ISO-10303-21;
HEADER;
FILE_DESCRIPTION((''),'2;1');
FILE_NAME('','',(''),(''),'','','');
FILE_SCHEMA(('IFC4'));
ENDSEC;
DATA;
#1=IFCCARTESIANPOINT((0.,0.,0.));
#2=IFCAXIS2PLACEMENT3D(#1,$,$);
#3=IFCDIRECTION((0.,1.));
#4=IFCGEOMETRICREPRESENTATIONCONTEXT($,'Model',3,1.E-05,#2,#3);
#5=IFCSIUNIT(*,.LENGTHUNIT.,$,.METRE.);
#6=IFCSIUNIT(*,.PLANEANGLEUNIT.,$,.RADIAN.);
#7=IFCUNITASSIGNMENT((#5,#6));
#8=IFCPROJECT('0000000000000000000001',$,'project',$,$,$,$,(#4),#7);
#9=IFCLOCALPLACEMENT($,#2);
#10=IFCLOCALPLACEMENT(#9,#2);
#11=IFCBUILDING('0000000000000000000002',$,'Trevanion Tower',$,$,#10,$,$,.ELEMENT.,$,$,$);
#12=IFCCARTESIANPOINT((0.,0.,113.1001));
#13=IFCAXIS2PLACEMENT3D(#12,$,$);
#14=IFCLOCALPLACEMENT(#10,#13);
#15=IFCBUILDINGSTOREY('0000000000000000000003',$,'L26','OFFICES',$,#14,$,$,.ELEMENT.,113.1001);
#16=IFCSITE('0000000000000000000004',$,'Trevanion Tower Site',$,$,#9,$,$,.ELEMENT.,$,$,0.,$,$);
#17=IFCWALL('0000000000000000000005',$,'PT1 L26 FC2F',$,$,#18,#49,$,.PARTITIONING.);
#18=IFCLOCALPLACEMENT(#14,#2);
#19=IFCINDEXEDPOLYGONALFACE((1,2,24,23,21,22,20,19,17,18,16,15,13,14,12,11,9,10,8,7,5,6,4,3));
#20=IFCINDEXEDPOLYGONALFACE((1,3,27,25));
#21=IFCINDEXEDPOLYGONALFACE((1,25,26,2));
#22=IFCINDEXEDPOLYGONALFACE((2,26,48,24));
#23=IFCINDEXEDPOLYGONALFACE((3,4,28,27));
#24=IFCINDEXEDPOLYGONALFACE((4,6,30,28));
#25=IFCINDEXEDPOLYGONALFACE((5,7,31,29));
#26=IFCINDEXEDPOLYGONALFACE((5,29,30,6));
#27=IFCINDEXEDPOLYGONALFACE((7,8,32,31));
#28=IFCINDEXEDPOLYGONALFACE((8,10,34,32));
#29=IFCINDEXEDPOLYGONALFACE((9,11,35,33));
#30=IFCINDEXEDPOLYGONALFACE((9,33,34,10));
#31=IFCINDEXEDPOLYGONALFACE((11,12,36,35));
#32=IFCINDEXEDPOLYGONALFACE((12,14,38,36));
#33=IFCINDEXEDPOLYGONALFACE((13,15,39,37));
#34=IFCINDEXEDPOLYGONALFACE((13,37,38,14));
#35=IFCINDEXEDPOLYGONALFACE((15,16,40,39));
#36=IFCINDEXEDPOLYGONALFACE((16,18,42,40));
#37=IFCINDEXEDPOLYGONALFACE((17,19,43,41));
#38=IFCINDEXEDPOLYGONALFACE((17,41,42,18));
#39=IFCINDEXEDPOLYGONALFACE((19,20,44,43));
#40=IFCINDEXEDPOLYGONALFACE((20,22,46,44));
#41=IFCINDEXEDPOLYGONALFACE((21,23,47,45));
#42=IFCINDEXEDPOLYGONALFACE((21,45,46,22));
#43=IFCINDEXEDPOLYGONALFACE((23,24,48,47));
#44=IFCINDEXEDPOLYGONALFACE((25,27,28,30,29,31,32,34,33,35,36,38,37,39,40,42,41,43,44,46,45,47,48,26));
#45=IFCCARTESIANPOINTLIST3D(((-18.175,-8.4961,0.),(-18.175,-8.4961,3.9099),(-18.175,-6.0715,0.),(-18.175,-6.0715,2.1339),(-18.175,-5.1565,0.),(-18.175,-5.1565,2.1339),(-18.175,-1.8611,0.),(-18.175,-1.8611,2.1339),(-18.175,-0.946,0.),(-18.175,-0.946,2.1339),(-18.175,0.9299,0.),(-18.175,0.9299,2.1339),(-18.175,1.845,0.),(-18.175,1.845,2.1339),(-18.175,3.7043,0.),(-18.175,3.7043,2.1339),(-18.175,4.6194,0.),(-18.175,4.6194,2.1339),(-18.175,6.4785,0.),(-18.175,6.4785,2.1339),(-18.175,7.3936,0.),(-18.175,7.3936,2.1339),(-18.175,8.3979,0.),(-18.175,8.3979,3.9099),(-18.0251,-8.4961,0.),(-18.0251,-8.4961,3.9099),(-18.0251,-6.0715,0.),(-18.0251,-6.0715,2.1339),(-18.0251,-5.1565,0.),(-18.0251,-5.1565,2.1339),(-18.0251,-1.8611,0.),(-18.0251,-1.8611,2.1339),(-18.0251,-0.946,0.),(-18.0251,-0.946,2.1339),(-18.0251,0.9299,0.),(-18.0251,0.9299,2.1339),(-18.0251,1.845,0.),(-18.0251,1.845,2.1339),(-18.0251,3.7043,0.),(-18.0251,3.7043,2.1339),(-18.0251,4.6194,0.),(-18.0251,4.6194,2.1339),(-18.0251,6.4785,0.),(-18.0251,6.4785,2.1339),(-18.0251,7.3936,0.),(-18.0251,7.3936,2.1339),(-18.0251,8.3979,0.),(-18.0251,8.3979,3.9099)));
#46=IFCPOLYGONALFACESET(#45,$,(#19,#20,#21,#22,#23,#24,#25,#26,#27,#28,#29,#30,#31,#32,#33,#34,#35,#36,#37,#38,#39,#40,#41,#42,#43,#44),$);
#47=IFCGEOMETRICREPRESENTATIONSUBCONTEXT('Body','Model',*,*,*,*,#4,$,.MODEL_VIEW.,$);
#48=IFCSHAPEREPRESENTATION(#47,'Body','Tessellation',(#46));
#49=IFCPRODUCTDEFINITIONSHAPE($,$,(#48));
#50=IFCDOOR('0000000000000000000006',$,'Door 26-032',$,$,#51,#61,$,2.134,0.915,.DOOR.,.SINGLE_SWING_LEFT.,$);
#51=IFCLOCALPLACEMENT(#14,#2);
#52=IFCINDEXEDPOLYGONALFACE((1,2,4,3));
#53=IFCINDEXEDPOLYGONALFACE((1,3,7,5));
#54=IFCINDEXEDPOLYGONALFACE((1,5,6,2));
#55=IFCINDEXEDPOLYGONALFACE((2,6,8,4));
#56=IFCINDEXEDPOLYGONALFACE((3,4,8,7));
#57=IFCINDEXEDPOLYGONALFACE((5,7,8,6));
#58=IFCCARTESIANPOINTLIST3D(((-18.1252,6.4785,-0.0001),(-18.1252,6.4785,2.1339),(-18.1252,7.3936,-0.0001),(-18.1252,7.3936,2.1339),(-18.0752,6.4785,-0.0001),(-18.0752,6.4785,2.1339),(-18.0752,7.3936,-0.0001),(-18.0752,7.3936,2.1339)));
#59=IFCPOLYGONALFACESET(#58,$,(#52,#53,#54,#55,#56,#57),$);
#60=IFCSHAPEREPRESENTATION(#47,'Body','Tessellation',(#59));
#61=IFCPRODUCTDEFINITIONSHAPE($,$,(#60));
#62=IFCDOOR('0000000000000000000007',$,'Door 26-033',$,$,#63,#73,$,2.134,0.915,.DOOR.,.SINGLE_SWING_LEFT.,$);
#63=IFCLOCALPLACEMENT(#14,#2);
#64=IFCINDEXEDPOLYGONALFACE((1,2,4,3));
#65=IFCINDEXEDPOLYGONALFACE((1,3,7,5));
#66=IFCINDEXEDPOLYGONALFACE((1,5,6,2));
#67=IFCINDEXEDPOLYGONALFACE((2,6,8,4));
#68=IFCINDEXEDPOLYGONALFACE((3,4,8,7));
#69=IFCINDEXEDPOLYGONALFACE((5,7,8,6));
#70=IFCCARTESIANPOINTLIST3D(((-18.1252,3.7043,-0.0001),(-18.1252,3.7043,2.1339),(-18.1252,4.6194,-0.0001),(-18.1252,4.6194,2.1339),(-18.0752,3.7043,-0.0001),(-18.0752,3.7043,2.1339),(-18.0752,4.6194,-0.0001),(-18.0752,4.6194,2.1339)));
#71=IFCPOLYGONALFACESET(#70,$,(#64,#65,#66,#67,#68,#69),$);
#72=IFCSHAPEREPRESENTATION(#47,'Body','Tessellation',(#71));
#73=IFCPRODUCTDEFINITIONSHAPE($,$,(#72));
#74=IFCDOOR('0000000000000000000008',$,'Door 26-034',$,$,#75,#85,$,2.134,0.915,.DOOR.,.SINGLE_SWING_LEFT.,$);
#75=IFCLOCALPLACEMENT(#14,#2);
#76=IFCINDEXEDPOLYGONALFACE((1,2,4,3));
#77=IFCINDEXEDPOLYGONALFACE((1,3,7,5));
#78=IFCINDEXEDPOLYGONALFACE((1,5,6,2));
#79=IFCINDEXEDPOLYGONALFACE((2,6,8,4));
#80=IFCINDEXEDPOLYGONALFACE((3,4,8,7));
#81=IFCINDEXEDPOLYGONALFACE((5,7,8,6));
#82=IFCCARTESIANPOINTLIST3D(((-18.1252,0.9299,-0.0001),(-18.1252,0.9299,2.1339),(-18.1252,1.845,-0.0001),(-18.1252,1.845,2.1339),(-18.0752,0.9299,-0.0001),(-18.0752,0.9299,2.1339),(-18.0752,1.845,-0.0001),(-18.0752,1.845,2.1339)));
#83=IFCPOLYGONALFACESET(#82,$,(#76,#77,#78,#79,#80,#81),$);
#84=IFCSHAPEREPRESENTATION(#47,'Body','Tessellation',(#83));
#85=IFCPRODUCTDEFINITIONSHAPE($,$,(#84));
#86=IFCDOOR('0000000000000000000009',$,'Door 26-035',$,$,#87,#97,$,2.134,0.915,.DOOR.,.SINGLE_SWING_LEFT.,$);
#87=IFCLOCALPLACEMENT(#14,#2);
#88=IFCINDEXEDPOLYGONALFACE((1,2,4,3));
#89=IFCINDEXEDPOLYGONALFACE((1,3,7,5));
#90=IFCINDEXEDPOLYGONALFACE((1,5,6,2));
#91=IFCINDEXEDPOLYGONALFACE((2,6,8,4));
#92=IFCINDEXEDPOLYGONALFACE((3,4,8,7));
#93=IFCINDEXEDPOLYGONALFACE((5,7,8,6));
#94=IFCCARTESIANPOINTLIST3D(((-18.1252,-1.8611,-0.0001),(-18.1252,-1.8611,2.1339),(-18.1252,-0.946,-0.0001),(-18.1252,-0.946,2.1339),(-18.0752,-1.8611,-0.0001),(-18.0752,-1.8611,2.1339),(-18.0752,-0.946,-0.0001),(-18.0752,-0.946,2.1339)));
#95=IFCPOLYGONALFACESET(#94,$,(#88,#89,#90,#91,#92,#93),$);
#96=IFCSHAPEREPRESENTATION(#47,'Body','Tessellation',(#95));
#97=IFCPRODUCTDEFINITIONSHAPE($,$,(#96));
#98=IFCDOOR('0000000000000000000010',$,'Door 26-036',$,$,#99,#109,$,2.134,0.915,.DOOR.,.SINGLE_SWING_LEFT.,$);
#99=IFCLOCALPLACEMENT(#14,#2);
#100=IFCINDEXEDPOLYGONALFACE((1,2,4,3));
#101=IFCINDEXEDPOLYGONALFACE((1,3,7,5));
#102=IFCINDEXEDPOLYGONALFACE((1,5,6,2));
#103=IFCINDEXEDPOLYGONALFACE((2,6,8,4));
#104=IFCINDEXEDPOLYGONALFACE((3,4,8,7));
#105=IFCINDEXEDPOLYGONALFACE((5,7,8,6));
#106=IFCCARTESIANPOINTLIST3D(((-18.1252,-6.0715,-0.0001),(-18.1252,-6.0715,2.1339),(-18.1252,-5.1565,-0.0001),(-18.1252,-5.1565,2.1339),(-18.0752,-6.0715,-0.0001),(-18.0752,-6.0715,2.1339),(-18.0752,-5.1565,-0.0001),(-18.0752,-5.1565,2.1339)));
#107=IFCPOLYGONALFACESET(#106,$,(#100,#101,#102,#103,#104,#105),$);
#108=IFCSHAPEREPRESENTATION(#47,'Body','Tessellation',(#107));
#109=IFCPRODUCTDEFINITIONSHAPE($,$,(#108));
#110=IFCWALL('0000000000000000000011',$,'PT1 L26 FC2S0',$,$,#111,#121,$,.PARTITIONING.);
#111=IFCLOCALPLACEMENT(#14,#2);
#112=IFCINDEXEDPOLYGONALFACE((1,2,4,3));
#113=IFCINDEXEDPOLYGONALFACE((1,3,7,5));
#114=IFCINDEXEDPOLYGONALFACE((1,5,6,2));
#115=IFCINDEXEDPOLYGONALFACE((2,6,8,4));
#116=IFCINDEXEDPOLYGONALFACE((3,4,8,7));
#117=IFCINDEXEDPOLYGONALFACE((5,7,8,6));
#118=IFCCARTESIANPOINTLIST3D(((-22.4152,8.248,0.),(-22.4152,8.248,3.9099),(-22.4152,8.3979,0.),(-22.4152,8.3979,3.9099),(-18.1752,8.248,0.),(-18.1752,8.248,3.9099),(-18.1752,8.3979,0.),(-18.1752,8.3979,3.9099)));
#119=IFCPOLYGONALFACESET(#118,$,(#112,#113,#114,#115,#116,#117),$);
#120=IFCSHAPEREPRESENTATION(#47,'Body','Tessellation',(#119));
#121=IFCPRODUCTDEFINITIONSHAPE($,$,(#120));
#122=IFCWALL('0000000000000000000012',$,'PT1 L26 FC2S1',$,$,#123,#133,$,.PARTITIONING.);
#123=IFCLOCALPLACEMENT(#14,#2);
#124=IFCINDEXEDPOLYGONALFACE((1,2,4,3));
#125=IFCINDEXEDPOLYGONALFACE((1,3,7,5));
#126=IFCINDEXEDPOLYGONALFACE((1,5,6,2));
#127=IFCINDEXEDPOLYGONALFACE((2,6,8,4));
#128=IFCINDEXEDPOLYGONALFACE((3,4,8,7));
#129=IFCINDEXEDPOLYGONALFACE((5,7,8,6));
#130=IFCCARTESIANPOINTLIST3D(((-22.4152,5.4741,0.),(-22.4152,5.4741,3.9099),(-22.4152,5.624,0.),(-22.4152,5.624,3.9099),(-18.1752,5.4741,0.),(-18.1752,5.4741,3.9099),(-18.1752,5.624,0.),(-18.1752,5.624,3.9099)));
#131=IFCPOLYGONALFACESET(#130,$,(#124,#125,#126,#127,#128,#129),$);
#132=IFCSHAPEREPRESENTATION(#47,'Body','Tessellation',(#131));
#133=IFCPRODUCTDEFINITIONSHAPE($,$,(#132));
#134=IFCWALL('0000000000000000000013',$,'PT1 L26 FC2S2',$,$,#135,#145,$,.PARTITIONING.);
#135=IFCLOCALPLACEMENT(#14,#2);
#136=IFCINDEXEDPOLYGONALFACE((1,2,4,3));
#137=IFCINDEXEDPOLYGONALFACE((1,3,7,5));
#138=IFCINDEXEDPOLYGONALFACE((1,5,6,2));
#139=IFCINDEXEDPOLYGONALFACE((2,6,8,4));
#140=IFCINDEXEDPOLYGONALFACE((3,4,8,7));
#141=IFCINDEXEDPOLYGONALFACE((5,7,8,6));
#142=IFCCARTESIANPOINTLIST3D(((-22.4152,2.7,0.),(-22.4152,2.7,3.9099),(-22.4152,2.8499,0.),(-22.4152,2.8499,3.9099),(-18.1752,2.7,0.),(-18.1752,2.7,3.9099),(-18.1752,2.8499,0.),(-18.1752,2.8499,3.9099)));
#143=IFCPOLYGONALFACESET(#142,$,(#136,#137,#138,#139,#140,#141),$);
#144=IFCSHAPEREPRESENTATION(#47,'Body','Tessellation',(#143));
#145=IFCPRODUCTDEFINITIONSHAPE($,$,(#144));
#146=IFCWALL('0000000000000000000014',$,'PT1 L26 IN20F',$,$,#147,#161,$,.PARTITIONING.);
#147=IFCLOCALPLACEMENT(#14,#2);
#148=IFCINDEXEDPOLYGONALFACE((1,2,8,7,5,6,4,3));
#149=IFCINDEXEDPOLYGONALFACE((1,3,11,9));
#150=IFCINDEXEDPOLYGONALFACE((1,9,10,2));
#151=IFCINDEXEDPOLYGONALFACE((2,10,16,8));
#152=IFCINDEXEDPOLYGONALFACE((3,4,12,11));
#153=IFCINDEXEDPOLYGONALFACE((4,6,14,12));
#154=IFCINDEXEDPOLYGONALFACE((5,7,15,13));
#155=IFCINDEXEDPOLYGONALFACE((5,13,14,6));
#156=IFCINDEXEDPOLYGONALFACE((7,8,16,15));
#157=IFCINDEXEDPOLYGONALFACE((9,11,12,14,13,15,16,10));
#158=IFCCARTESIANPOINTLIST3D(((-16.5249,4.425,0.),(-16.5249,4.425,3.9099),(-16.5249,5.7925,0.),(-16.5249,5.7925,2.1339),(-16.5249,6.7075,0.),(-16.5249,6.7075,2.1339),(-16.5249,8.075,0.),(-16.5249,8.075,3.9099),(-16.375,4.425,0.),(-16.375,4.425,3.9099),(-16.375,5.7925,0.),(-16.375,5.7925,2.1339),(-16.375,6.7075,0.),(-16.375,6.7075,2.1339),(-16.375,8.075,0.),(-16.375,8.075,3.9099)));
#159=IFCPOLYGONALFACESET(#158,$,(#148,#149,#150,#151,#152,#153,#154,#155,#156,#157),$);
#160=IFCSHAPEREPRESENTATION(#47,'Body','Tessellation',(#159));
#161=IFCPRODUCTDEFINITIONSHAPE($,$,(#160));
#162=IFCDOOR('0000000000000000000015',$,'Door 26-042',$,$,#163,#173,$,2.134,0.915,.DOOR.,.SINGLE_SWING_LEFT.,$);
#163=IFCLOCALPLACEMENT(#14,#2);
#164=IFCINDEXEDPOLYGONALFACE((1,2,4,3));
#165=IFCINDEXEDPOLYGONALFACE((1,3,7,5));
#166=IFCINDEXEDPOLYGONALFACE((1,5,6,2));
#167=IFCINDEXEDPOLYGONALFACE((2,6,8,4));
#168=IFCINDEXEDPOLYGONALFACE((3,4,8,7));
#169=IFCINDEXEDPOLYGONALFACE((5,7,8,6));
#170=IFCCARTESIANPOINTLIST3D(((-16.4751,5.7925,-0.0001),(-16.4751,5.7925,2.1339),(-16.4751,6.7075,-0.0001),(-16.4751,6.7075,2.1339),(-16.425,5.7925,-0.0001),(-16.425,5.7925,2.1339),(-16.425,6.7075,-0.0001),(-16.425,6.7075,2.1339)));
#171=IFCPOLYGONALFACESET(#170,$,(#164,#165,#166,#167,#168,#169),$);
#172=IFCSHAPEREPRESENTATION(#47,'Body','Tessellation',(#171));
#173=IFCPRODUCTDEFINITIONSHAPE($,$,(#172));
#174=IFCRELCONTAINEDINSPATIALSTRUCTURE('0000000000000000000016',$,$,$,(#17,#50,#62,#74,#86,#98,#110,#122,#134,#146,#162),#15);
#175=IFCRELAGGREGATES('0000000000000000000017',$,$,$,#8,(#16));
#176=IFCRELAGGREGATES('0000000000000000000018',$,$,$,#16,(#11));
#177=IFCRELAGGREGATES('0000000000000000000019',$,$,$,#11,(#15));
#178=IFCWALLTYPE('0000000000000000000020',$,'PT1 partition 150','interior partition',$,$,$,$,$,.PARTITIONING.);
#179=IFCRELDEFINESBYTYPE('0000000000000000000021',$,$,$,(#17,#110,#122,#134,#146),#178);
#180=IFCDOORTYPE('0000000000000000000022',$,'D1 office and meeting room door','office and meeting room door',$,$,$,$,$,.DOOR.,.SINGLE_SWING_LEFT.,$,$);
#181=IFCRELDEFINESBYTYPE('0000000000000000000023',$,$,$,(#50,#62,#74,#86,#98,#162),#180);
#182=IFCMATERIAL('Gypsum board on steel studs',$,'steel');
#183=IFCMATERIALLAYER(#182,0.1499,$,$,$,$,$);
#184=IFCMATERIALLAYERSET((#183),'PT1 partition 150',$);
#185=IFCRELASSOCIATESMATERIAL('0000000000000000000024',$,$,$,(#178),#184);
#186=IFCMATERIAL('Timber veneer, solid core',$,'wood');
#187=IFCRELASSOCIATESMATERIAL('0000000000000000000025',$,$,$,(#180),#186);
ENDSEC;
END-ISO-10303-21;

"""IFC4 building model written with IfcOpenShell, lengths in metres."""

from ifc_helpers import new_model, si_unit, direction, frame, frame_2d, origin, place, context, subcontext, project, spatial, rectangle, extrude, material, layer, layer_set, type_object, element, fill, save


model = new_model("IFC4")

# Units and contexts
model_context = context("Model", 3, precision=1e-05, world=origin(), true_north=direction((0.0, 1.0)))
body_context = subcontext(model_context, "Body", "Model", "MODEL_VIEW")
ifc_project = project(units=[si_unit("LENGTHUNIT", "METRE"), si_unit("PLANEANGLEUNIT", "RADIAN")], contexts=[model_context])

# Site, building, storey
site_placement = place(None, origin())
site = spatial("IfcSite", under=ifc_project, at=site_placement, Name="Trevanion Tower Site", CompositionType="ELEMENT", RefElevation=0.0)
building_placement = place(site_placement, origin())
building = spatial("IfcBuilding", under=site, at=building_placement, Name="Trevanion Tower", CompositionType="ELEMENT")
storey_placement = place(building_placement, frame((0.0, 0.0, 113.1001)))
storey = spatial("IfcBuildingStorey", under=building, at=storey_placement, Name="L26", Description="OFFICES", CompositionType="ELEMENT", Elevation=113.1001)

# Wall, openings, doors
ifc_material_1 = material(Name="Gypsum board on steel studs", Category="steel")
ifc_layer_1 = layer(ifc_material_1, 0.1499)
ifc_layer_set_1 = layer_set([ifc_layer_1], Name="PT1 partition 150")
wall_type = type_object("IfcWallType", Name="PT1 partition 150", Description="interior partition", PredefinedType="PARTITIONING", material=ifc_layer_set_1)
wall_1_placement = place(storey_placement, frame((-18.1001, 8.3979, 0.0), z_axis=(0.0, 0.0, 1.0), x_axis=(0.0, -1.0, 0.0)))
wall_1 = element("IfcWall", 1, at=wall_1_placement, inside=storey, type_object=wall_type, Name="PT1 L26 FC2F", PredefinedType="PARTITIONING", context=body_context, shape_type="SweptSolid", body=[
    extrude(rectangle(XDim=16.894, YDim=0.1499, at=frame_2d((8.447, 0.0))), origin(), (0.0, 0.0, 1.0), 3.9099),
])
opening_1_placement = place(wall_1_placement, frame((1.0044, 0.0, 0.0)))
opening_1 = element("IfcOpeningElement", 2, at=opening_1_placement, cuts=wall_1, PredefinedType="OPENING", context=body_context, shape_type="SweptSolid", body=[
    extrude(rectangle(XDim=0.915, YDim=2.134, at=frame_2d((0.4575, 1.0669))), frame((0.0, 0.085, 0.0), z_axis=(0.0, -1.0, 0.0), x_axis=(1.0, 0.0, 0.0)), (0.0, 0.0, 1.0), 0.1699),
])
opening_2_placement = place(wall_1_placement, frame((3.7786, 0.0, 0.0)))
opening_2 = element("IfcOpeningElement", 3, at=opening_2_placement, cuts=wall_1, PredefinedType="OPENING", context=body_context, shape_type="SweptSolid", body=[
    extrude(rectangle(XDim=0.915, YDim=2.134, at=frame_2d((0.4575, 1.0669))), frame((0.0, 0.085, 0.0), z_axis=(0.0, -1.0, 0.0), x_axis=(1.0, 0.0, 0.0)), (0.0, 0.0, 1.0), 0.1699),
])
opening_3_placement = place(wall_1_placement, frame((6.553, 0.0, 0.0)))
opening_3 = element("IfcOpeningElement", 4, at=opening_3_placement, cuts=wall_1, PredefinedType="OPENING", context=body_context, shape_type="SweptSolid", body=[
    extrude(rectangle(XDim=0.915, YDim=2.134, at=frame_2d((0.4575, 1.0669))), frame((0.0, 0.085, 0.0), z_axis=(0.0, -1.0, 0.0), x_axis=(1.0, 0.0, 0.0)), (0.0, 0.0, 1.0), 0.1699),
])
opening_4_placement = place(wall_1_placement, frame((9.344, 0.0, 0.0)))
opening_4 = element("IfcOpeningElement", 5, at=opening_4_placement, cuts=wall_1, PredefinedType="OPENING", context=body_context, shape_type="SweptSolid", body=[
    extrude(rectangle(XDim=0.915, YDim=2.134, at=frame_2d((0.4575, 1.0669))), frame((0.0, 0.085, 0.0), z_axis=(0.0, -1.0, 0.0), x_axis=(1.0, 0.0, 0.0)), (0.0, 0.0, 1.0), 0.1699),
])
opening_5_placement = place(wall_1_placement, frame((13.5544, 0.0, 0.0)))
opening_5 = element("IfcOpeningElement", 6, at=opening_5_placement, cuts=wall_1, PredefinedType="OPENING", context=body_context, shape_type="SweptSolid", body=[
    extrude(rectangle(XDim=0.915, YDim=2.134, at=frame_2d((0.4575, 1.0669))), frame((0.0, 0.085, 0.0), z_axis=(0.0, -1.0, 0.0), x_axis=(1.0, 0.0, 0.0)), (0.0, 0.0, 1.0), 0.1699),
])
ifc_material_2 = material(Name="Timber veneer, solid core", Category="wood")
door_type = type_object("IfcDoorType", Name="D1 office and meeting room door", Description="office and meeting room door", OperationType="SINGLE_SWING_LEFT", PredefinedType="DOOR", material=ifc_material_2)
door_1_placement = place(opening_1_placement, origin())
door_1 = element("IfcDoor", 7, at=door_1_placement, inside=storey, type_object=door_type, Name="Door 26-032", OperationType="SINGLE_SWING_LEFT", OverallHeight=2.134, OverallWidth=0.915, PredefinedType="DOOR", context=body_context, shape_type="SweptSolid", body=[
    extrude(rectangle(XDim=0.915, YDim=2.134, at=frame_2d((0.4575, 1.0669))), frame((0.0, 0.0249, 0.0), z_axis=(0.0, -1.0, 0.0), x_axis=(1.0, 0.0, 0.0)), (0.0, 0.0, 1.0), 0.05),
])
fill(opening_1, door_1)
door_2_placement = place(opening_2_placement, origin())
door_2 = element("IfcDoor", 8, at=door_2_placement, inside=storey, type_object=door_type, Name="Door 26-033", OperationType="SINGLE_SWING_LEFT", OverallHeight=2.134, OverallWidth=0.915, PredefinedType="DOOR", context=body_context, shape_type="SweptSolid", body=[
    extrude(rectangle(XDim=0.915, YDim=2.134, at=frame_2d((0.4575, 1.0669))), frame((0.0, 0.0249, 0.0), z_axis=(0.0, -1.0, 0.0), x_axis=(1.0, 0.0, 0.0)), (0.0, 0.0, 1.0), 0.05),
])
fill(opening_2, door_2)
door_3_placement = place(opening_3_placement, origin())
door_3 = element("IfcDoor", 9, at=door_3_placement, inside=storey, type_object=door_type, Name="Door 26-034", OperationType="SINGLE_SWING_LEFT", OverallHeight=2.134, OverallWidth=0.915, PredefinedType="DOOR", context=body_context, shape_type="SweptSolid", body=[
    extrude(rectangle(XDim=0.915, YDim=2.134, at=frame_2d((0.4575, 1.0669))), frame((0.0, 0.0249, 0.0), z_axis=(0.0, -1.0, 0.0), x_axis=(1.0, 0.0, 0.0)), (0.0, 0.0, 1.0), 0.05),
])
fill(opening_3, door_3)
door_4_placement = place(opening_4_placement, origin())
door_4 = element("IfcDoor", 10, at=door_4_placement, inside=storey, type_object=door_type, Name="Door 26-035", OperationType="SINGLE_SWING_LEFT", OverallHeight=2.134, OverallWidth=0.915, PredefinedType="DOOR", context=body_context, shape_type="SweptSolid", body=[
    extrude(rectangle(XDim=0.915, YDim=2.134, at=frame_2d((0.4575, 1.0669))), frame((0.0, 0.0249, 0.0), z_axis=(0.0, -1.0, 0.0), x_axis=(1.0, 0.0, 0.0)), (0.0, 0.0, 1.0), 0.05),
])
fill(opening_4, door_4)
door_5_placement = place(opening_5_placement, origin())
door_5 = element("IfcDoor", 11, at=door_5_placement, inside=storey, type_object=door_type, Name="Door 26-036", OperationType="SINGLE_SWING_LEFT", OverallHeight=2.134, OverallWidth=0.915, PredefinedType="DOOR", context=body_context, shape_type="SweptSolid", body=[
    extrude(rectangle(XDim=0.915, YDim=2.134, at=frame_2d((0.4575, 1.0669))), frame((0.0, 0.0249, 0.0), z_axis=(0.0, -1.0, 0.0), x_axis=(1.0, 0.0, 0.0)), (0.0, 0.0, 1.0), 0.05),
])
fill(opening_5, door_5)

# Walls
for number, where, z_axis, x_axis, name in (
    (12, (-18.175, 8.323, 0.0), (0.0, 0.0, 1.0), (-1.0, 0.0, 0.0), "PT1 L26 FC2S0"),
    (13, (-18.175, 5.5491, 0.0), (0.0, 0.0, 1.0), (-1.0, 0.0, 0.0), "PT1 L26 FC2S1"),
    (14, (-18.175, 2.7749, 0.0), (0.0, 0.0, 1.0), (-1.0, 0.0, 0.0), "PT1 L26 FC2S2"),
):
    element("IfcWall", number, at=place(storey_placement, frame(where, z_axis=z_axis, x_axis=x_axis)), inside=storey, type_object=wall_type, Name=name, PredefinedType="PARTITIONING", context=body_context, shape_type="SweptSolid", body=[
        extrude(rectangle(XDim=4.24, YDim=0.1499, at=frame_2d((2.1201, 0.0))), origin(), (0.0, 0.0, 1.0), 3.9099),
    ])

# Wall, opening, door
wall_2_placement = place(storey_placement, frame((-16.45, 8.075, 0.0), z_axis=(0.0, 0.0, 1.0), x_axis=(0.0, -1.0, 0.0)))
wall_2 = element("IfcWall", 15, at=wall_2_placement, inside=storey, type_object=wall_type, Name="PT1 L26 IN20F", PredefinedType="PARTITIONING", context=body_context, shape_type="SweptSolid", body=[
    extrude(rectangle(XDim=3.6499, YDim=0.1499, at=frame_2d((1.825, 0.0))), origin(), (0.0, 0.0, 1.0), 3.9099),
])
opening_6_placement = place(wall_2_placement, frame((1.3674, 0.0, 0.0)))
opening_6 = element("IfcOpeningElement", 16, at=opening_6_placement, cuts=wall_2, PredefinedType="OPENING", context=body_context, shape_type="SweptSolid", body=[
    extrude(rectangle(XDim=0.915, YDim=2.134, at=frame_2d((0.4575, 1.0669))), frame((0.0, 0.085, 0.0), z_axis=(0.0, -1.0, 0.0), x_axis=(1.0, 0.0, 0.0)), (0.0, 0.0, 1.0), 0.1699),
])
door_6_placement = place(opening_6_placement, origin())
door_6 = element("IfcDoor", 17, at=door_6_placement, inside=storey, type_object=door_type, Name="Door 26-042", OperationType="SINGLE_SWING_LEFT", OverallHeight=2.134, OverallWidth=0.915, PredefinedType="DOOR", context=body_context, shape_type="SweptSolid", body=[
    extrude(rectangle(XDim=0.915, YDim=2.134, at=frame_2d((0.4575, 1.0669))), frame((0.0, 0.0249, 0.0), z_axis=(0.0, -1.0, 0.0), x_axis=(1.0, 0.0, 0.0)), (0.0, 0.0, 1.0), 0.05),
])
fill(opening_6, door_6)

save(model, "model.ifc")
